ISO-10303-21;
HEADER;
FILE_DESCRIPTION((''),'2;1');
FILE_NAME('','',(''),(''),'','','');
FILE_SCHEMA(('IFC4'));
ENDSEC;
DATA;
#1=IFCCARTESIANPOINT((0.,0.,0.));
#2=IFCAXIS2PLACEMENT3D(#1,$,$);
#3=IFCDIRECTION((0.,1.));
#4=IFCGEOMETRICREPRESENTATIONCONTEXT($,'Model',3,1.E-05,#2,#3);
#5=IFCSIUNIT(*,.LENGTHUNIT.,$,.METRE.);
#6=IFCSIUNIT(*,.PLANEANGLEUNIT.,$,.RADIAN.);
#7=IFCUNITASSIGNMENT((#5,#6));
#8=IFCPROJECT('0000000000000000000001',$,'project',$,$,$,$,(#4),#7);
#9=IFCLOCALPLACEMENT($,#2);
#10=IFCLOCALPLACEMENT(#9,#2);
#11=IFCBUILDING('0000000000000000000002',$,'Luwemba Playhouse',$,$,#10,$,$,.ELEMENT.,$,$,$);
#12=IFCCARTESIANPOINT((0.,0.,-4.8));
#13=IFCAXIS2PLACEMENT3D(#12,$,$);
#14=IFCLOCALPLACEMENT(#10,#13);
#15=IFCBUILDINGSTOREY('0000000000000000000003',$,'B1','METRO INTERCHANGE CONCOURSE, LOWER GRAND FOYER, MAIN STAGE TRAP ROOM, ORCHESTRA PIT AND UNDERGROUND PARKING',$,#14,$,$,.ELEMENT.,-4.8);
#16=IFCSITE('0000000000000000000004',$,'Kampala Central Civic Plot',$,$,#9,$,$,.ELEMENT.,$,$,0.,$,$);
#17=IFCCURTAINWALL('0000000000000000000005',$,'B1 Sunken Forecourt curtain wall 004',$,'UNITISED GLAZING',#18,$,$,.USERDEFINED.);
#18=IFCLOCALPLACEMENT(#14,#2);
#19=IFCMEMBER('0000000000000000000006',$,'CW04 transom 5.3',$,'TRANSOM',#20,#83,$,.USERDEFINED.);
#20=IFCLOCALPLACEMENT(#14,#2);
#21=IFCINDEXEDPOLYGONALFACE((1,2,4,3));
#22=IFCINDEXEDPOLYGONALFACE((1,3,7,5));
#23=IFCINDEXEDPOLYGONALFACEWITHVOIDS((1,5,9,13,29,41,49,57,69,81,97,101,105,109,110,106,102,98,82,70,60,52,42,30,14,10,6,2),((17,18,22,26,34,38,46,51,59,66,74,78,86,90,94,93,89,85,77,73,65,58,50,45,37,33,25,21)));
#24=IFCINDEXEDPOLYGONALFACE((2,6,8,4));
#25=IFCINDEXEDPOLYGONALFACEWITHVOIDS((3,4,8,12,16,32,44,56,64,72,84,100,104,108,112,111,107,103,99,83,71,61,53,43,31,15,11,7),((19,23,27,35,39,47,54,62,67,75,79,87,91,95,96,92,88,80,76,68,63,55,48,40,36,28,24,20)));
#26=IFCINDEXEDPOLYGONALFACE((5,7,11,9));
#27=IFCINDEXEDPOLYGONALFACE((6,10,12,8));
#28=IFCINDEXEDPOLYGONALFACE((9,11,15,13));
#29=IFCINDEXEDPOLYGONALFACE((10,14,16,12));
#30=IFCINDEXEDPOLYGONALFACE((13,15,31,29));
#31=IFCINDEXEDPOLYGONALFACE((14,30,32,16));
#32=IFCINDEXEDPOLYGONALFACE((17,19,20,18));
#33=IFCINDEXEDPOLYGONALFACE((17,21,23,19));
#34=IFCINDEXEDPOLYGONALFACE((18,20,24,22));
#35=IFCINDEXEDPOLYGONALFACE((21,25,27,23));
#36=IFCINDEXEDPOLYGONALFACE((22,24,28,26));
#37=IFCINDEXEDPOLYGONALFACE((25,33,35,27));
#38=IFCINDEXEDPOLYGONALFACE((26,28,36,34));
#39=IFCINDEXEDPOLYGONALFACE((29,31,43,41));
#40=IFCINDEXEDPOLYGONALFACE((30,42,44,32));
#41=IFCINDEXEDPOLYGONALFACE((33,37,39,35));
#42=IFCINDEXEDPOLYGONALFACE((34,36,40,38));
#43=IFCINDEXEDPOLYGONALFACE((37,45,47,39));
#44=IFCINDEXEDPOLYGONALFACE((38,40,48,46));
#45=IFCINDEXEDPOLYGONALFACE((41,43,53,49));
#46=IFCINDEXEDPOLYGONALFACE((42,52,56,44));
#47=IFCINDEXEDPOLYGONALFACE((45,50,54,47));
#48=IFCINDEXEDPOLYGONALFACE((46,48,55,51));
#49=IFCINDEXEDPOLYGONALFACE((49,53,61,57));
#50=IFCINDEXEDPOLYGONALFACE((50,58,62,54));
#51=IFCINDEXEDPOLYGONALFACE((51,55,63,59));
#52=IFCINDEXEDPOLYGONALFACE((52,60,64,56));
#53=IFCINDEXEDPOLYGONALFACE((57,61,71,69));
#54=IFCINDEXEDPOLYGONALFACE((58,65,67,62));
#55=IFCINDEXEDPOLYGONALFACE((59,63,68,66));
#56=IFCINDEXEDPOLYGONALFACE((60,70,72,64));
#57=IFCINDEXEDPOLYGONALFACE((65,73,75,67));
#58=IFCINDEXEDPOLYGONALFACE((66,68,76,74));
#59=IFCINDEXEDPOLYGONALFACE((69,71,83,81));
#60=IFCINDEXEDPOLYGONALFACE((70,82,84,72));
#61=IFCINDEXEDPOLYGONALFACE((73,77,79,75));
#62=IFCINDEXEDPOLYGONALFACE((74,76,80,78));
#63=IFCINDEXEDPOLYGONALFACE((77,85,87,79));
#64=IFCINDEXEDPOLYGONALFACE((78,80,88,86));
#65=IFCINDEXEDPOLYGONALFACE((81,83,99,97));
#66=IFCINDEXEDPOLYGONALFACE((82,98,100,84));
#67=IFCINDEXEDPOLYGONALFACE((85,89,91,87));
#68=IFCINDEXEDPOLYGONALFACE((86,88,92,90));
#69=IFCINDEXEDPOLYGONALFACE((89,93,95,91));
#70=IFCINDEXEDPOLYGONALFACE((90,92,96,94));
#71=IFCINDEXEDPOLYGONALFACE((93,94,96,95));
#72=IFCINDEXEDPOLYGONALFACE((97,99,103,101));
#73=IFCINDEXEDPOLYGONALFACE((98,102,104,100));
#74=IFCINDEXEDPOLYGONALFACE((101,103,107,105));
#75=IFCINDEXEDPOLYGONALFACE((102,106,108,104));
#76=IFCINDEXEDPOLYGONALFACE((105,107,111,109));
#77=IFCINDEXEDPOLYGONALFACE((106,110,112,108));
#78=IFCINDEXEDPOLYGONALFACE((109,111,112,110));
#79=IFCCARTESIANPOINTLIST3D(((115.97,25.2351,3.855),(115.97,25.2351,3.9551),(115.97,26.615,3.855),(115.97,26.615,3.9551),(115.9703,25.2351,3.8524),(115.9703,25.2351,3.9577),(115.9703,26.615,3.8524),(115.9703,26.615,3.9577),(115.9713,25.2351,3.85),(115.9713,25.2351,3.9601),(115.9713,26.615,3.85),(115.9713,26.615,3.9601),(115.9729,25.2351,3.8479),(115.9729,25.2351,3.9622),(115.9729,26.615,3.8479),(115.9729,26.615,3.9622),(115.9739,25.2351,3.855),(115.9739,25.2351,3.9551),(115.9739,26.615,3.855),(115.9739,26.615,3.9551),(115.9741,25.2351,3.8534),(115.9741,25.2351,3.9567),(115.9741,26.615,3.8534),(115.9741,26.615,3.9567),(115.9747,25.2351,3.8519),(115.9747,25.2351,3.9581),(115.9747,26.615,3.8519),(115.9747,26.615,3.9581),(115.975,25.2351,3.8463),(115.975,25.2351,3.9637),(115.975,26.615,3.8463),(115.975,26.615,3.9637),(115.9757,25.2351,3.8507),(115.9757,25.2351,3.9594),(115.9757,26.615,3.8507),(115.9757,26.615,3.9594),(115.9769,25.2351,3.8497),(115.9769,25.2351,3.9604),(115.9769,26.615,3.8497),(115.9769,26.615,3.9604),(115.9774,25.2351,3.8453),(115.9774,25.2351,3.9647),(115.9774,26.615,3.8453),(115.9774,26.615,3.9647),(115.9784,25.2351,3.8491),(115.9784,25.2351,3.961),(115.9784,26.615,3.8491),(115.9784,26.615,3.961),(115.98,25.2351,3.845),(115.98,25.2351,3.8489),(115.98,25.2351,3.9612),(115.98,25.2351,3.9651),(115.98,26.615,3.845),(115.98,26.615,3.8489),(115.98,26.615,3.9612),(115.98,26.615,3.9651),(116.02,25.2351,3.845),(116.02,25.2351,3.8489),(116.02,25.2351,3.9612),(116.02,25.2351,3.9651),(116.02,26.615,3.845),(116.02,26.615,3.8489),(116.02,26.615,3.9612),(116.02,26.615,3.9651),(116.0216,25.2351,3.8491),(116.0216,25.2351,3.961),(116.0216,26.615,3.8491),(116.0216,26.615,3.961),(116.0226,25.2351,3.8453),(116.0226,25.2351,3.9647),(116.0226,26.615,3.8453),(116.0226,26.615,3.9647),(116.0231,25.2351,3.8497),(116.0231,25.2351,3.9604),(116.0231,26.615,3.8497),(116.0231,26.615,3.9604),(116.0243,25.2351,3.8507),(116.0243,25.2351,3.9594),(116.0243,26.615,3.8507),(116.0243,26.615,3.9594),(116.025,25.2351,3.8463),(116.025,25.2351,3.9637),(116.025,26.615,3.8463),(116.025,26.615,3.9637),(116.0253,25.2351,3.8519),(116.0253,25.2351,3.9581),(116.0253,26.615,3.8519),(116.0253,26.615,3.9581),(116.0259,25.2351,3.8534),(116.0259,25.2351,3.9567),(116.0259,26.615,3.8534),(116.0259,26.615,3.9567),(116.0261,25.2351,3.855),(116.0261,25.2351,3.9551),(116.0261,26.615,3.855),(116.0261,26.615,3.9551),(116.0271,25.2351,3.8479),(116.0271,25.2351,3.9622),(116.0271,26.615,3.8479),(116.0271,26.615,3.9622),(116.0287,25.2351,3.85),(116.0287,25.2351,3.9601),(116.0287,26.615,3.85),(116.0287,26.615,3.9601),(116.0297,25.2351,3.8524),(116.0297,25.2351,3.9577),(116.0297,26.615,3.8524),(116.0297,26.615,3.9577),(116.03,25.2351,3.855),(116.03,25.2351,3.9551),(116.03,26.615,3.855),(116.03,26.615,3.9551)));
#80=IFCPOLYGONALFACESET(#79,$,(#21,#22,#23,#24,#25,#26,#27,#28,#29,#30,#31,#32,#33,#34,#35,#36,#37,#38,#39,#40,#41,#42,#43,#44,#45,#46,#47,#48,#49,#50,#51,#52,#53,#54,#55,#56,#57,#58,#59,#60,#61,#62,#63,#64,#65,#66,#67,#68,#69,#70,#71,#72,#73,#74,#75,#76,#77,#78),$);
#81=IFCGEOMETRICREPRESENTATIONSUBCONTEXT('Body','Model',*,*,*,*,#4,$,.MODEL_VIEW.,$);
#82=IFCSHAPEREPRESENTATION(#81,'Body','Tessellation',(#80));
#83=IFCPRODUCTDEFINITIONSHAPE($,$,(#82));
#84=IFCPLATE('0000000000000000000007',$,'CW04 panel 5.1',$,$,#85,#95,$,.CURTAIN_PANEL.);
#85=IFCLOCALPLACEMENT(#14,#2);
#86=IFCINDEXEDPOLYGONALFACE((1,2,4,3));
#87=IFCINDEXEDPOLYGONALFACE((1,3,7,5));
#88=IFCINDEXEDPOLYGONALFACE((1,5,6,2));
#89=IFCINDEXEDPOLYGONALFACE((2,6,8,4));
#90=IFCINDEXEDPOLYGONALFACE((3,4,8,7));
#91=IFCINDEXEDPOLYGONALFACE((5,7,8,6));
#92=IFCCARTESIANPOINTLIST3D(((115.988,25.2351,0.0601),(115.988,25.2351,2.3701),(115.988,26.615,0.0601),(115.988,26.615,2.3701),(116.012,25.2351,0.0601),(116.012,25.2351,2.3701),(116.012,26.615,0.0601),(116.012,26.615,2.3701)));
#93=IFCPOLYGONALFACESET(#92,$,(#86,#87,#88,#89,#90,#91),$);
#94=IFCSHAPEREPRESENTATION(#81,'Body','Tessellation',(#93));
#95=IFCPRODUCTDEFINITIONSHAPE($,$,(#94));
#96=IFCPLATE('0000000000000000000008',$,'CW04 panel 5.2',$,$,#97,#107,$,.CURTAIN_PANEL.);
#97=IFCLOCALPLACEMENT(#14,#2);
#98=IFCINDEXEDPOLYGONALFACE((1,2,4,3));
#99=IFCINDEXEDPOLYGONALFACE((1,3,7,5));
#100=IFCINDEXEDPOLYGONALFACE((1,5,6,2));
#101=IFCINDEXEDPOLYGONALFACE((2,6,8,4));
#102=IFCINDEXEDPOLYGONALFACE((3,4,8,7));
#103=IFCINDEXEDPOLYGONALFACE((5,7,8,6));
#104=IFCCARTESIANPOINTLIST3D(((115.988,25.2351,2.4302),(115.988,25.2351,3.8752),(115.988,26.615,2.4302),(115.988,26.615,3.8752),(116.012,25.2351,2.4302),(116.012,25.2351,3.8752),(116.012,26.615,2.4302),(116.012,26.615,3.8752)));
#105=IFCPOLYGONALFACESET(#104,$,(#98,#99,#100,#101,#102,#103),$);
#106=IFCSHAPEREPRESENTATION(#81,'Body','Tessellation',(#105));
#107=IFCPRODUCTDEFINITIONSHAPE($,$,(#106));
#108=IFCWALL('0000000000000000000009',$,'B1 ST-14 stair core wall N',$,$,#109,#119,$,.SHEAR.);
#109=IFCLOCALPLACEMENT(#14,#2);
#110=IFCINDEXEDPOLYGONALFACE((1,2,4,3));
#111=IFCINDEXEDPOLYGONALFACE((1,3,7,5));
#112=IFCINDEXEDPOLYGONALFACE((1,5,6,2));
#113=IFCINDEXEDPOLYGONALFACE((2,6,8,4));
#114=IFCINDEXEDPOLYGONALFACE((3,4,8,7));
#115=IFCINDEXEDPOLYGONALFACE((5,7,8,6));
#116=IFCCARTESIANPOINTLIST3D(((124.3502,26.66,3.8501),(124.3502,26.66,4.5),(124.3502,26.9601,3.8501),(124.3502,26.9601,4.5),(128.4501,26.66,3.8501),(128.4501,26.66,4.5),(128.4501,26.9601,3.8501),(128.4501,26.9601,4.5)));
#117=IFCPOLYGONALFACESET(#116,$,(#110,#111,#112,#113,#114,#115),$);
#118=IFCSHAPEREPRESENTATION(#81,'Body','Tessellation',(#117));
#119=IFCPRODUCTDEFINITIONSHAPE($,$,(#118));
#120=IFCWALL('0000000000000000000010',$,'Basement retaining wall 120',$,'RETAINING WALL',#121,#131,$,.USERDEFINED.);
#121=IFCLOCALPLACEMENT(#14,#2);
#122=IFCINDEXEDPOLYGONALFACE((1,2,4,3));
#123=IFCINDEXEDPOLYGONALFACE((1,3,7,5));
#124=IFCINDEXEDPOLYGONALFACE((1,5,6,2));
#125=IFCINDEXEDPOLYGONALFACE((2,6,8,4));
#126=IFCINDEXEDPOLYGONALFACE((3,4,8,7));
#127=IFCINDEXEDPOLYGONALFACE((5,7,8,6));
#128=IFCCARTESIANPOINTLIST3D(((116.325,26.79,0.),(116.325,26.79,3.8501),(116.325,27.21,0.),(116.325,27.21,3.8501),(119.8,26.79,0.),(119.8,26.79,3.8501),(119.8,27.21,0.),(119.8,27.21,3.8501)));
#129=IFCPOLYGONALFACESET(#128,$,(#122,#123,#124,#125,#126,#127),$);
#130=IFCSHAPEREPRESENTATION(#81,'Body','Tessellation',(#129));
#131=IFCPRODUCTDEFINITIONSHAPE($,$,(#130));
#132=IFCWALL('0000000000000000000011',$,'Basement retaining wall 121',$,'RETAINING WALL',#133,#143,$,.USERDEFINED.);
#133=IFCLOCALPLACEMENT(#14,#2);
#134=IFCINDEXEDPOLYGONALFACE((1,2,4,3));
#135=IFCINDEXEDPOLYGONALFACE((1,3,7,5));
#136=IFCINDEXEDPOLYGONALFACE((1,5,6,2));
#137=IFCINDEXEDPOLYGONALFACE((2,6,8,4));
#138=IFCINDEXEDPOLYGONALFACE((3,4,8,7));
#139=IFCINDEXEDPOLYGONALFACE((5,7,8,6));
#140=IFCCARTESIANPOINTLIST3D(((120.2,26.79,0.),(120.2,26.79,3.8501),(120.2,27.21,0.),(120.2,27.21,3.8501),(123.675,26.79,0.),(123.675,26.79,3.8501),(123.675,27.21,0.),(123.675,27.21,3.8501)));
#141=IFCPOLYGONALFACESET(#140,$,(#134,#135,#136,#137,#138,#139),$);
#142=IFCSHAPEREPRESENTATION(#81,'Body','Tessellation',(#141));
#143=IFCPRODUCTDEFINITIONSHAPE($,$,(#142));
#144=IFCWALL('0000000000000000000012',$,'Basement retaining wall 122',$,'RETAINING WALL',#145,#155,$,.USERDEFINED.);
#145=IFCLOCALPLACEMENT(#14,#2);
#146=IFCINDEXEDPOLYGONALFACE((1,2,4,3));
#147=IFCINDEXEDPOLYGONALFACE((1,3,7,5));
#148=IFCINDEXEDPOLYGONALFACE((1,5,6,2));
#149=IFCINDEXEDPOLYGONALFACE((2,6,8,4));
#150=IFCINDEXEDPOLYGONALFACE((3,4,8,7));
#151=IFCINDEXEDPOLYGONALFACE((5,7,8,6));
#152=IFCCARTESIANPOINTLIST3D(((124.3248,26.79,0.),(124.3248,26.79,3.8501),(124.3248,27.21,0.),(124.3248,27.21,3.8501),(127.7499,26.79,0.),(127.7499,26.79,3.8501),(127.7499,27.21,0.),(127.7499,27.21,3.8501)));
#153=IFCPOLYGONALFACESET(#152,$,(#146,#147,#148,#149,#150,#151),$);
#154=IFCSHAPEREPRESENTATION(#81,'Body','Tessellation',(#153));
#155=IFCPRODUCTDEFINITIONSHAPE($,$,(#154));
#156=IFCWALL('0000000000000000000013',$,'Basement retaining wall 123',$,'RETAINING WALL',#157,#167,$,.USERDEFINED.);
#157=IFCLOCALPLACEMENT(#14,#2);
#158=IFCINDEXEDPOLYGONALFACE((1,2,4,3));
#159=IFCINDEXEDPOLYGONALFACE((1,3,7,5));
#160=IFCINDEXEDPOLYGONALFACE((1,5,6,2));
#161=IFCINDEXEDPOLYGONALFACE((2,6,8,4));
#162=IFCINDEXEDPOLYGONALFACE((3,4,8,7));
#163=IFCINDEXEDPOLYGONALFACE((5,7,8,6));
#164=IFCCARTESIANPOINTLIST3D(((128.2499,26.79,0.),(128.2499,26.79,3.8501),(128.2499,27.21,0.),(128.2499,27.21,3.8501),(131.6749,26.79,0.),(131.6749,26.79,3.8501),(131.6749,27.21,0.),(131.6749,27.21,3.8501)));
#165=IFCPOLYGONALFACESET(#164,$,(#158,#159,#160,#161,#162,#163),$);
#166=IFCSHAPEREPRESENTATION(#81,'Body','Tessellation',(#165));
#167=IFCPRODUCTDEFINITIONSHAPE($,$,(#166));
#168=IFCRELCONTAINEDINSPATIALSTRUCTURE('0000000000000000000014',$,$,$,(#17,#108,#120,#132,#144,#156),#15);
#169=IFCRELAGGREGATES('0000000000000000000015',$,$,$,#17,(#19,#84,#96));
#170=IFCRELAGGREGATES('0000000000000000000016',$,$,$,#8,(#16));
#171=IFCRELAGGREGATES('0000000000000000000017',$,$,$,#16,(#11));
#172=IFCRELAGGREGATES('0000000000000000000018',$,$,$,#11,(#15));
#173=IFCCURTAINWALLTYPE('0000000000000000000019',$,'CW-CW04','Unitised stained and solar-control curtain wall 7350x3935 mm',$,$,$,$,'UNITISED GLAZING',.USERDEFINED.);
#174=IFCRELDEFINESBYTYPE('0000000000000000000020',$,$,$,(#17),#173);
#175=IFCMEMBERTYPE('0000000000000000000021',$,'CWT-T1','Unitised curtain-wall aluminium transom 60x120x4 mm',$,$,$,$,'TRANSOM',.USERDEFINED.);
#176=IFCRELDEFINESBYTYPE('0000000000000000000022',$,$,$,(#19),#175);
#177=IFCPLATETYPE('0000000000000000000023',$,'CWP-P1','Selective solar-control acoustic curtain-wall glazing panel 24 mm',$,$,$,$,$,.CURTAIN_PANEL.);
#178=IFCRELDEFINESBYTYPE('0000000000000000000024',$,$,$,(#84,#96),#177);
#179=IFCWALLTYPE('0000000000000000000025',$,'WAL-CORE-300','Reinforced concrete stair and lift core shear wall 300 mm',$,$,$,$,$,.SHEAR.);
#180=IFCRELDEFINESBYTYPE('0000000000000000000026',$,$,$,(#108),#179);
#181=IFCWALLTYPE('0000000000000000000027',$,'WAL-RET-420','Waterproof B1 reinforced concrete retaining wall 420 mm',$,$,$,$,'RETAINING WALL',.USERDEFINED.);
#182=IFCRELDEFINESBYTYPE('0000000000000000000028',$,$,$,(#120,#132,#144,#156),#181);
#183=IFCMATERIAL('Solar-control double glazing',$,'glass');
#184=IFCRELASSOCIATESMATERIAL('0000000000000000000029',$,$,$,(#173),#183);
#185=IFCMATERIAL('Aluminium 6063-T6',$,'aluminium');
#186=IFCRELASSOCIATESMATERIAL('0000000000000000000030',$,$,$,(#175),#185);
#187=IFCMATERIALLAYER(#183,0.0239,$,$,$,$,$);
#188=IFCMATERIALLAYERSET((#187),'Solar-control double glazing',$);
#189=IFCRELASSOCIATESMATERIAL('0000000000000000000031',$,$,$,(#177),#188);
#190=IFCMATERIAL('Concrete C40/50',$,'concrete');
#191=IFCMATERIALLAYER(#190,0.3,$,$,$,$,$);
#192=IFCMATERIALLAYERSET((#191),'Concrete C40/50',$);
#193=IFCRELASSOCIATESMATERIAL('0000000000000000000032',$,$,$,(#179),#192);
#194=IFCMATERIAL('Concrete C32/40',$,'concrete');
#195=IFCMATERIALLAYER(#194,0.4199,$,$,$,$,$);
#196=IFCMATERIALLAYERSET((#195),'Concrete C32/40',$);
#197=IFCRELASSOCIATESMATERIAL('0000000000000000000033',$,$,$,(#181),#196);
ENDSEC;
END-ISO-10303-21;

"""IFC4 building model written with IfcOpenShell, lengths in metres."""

from ifc_helpers import new_model, si_unit, direction, frame, frame_2d, origin, origin_2d, place, context, subcontext, project, spatial, rectangle, hollow_rectangle, extrude, material, layer, layer_set, material_profile, profile_set, type_object, element, aggregate, save


model = new_model("IFC4")

# Units and contexts
model_context = context("Model", 3, precision=1e-05, world=origin(), true_north=direction((0.0, 1.0)))
body_context = subcontext(model_context, "Body", "Model", "MODEL_VIEW")
ifc_project = project(units=[si_unit("LENGTHUNIT", "METRE"), si_unit("PLANEANGLEUNIT", "RADIAN")], contexts=[model_context])

# Site, building, storey
site_placement = place(None, origin())
site = spatial("IfcSite", under=ifc_project, at=site_placement, Name="Kampala Central Civic Plot", CompositionType="ELEMENT", RefElevation=0.0)
building_placement = place(site_placement, origin())
building = spatial("IfcBuilding", under=site, at=building_placement, Name="Luwemba Playhouse", CompositionType="ELEMENT")
storey_placement = place(building_placement, frame((0.0, 0.0, -4.8)))
storey = spatial("IfcBuildingStorey", under=building, at=storey_placement, Name="B1", Description="METRO INTERCHANGE CONCOURSE, LOWER GRAND FOYER, MAIN STAGE TRAP ROOM, ORCHESTRA PIT AND UNDERGROUND PARKING", CompositionType="ELEMENT", Elevation=-4.8)

# Shared definitions
ifc_material_1 = material(Name="Concrete C32/40", Category="concrete")

# Shared definitions
ifc_material_2 = material(Name="Concrete C40/50", Category="concrete")

# Curtain wall, member, plates
ifc_material_3 = material(Name="Solar-control double glazing", Category="glass")
curtain_wall_type = type_object("IfcCurtainWallType", Name="CW-CW04", Description="Unitised stained and solar-control curtain wall 7350x3935 mm", ElementType="UNITISED GLAZING", PredefinedType="USERDEFINED", material=ifc_material_3)
curtain_wall_placement = place(storey_placement, origin())
curtain_wall = element("IfcCurtainWall", 1, at=curtain_wall_placement, inside=storey, type_object=curtain_wall_type, Name="B1 Sunken Forecourt curtain wall 004", ObjectType="UNITISED GLAZING", PredefinedType="USERDEFINED")
ifc_material_4 = material(Name="Aluminium 6063-T6", Category="aluminium")
ifc_material_profile_1 = material_profile(ifc_material_4, hollow_rectangle(XDim=0.0601, YDim=0.1201, WallThickness=0.0039, InnerFilletRadius=0.0061, OuterFilletRadius=0.01, at=origin_2d()))
ifc_profile_set_1 = profile_set([ifc_material_profile_1], Name="Aluminium 6063-T6")
member_type_1 = type_object("IfcMemberType", Name="CWT-T1", Description="Unitised curtain-wall aluminium transom 60x120x4 mm", ElementType="TRANSOM", PredefinedType="USERDEFINED", material=ifc_profile_set_1)
member_1_placement = place(storey_placement, frame((116.0, 25.2351, 3.905), z_axis=(0.0, 1.0, 0.0), x_axis=(-1.0, 0.0, 0.0)))
member_1 = element("IfcMember", 2, at=member_1_placement, type_object=member_type_1, Name="CW04 transom 5.3", ObjectType="TRANSOM", PredefinedType="USERDEFINED", context=body_context, shape_type="SweptSolid", body=[
    extrude(hollow_rectangle(XDim=0.0601, YDim=0.1201, WallThickness=0.0039, InnerFilletRadius=0.0061, OuterFilletRadius=0.01, at=origin_2d()), origin(), (0.0, 0.0, 1.0), 1.3799),
])
ifc_layer_1 = layer(ifc_material_3, 0.0239)
ifc_layer_set_1 = layer_set([ifc_layer_1], Name="Solar-control double glazing")
plate_type = type_object("IfcPlateType", Name="CWP-P1", Description="Selective solar-control acoustic curtain-wall glazing panel 24 mm", PredefinedType="CURTAIN_PANEL", material=ifc_layer_set_1)
plate_1_placement = place(storey_placement, frame((116.0, 25.925, 0.0601), z_axis=(0.0, 0.0, 1.0), x_axis=(0.0, 1.0, 0.0)))
plate_1 = element("IfcPlate", 3, at=plate_1_placement, type_object=plate_type, Name="CW04 panel 5.1", PredefinedType="CURTAIN_PANEL", context=body_context, shape_type="SweptSolid", body=[
    extrude(rectangle(XDim=1.3799, YDim=0.0239, at=origin_2d()), origin(), (0.0, 0.0, 1.0), 2.3101),
])
plate_2_placement = place(storey_placement, frame((116.0, 25.925, 2.4302), z_axis=(0.0, 0.0, 1.0), x_axis=(0.0, 1.0, 0.0)))
plate_2 = element("IfcPlate", 4, at=plate_2_placement, type_object=plate_type, Name="CW04 panel 5.2", PredefinedType="CURTAIN_PANEL", context=body_context, shape_type="SweptSolid", body=[
    extrude(rectangle(XDim=1.3799, YDim=0.0239, at=origin_2d()), origin(), (0.0, 0.0, 1.0), 1.4451),
])
aggregate(curtain_wall, [member_1, plate_1, plate_2])

# Walls
ifc_layer_2 = layer(ifc_material_2, 0.3)
ifc_layer_set_2 = layer_set([ifc_layer_2], Name="Concrete C40/50")
wall_type_1 = type_object("IfcWallType", Name="WAL-CORE-300", Description="Reinforced concrete stair and lift core shear wall 300 mm", PredefinedType="SHEAR", material=ifc_layer_set_2)
wall_placement = place(storey_placement, frame((128.45, 26.8101, 3.8501), z_axis=(0.0, 0.0, 1.0), x_axis=(-1.0, 0.0, 0.0)))
element("IfcWall", 5, at=wall_placement, inside=storey, type_object=wall_type_1, Name="B1 ST-14 stair core wall N", PredefinedType="SHEAR", context=body_context, shape_type="SweptSolid", body=[
    extrude(rectangle(XDim=4.0999, YDim=0.3, at=frame_2d((2.0498, 0.0))), origin(), (0.0, 0.0, 1.0), 0.6499),
])
ifc_layer_3 = layer(ifc_material_1, 0.4199)
ifc_layer_set_3 = layer_set([ifc_layer_3], Name="Concrete C32/40")
wall_type_2 = type_object("IfcWallType", Name="WAL-RET-420", Description="Waterproof B1 reinforced concrete retaining wall 420 mm", ElementType="RETAINING WALL", PredefinedType="USERDEFINED", material=ifc_layer_set_3)
for number, where, z_axis, x_axis, name in (
    (6, (116.325, 27.0, 0.0), (0.0, 0.0, 1.0), (1.0, 0.0, 0.0), "Basement retaining wall 120"),
    (7, (120.2, 27.0, 0.0), (0.0, 0.0, 1.0), (1.0, 0.0, 0.0), "Basement retaining wall 121"),
):
    element("IfcWall", number, at=place(storey_placement, frame(where, z_axis=z_axis, x_axis=x_axis)), inside=storey, type_object=wall_type_2, Name=name, ObjectType="RETAINING WALL", PredefinedType="USERDEFINED", context=body_context, shape_type="SweptSolid", body=[
        extrude(rectangle(XDim=3.4751, YDim=0.4199, at=frame_2d((1.7375, 0.0))), origin(), (0.0, 0.0, 1.0), 3.8501),
    ])
for number, where, z_axis, x_axis, name in (
    (8, (124.325, 27.0, 0.0), (0.0, 0.0, 1.0), (1.0, 0.0, 0.0), "Basement retaining wall 122"),
    (9, (128.25, 27.0, 0.0), (0.0, 0.0, 1.0), (1.0, 0.0, 0.0), "Basement retaining wall 123"),
):
    element("IfcWall", number, at=place(storey_placement, frame(where, z_axis=z_axis, x_axis=x_axis)), inside=storey, type_object=wall_type_2, Name=name, ObjectType="RETAINING WALL", PredefinedType="USERDEFINED", context=body_context, shape_type="SweptSolid", body=[
        extrude(rectangle(XDim=3.425, YDim=0.4199, at=frame_2d((1.7124, 0.0))), origin(), (0.0, 0.0, 1.0), 3.8501),
    ])

save(model, "model.ifc")
